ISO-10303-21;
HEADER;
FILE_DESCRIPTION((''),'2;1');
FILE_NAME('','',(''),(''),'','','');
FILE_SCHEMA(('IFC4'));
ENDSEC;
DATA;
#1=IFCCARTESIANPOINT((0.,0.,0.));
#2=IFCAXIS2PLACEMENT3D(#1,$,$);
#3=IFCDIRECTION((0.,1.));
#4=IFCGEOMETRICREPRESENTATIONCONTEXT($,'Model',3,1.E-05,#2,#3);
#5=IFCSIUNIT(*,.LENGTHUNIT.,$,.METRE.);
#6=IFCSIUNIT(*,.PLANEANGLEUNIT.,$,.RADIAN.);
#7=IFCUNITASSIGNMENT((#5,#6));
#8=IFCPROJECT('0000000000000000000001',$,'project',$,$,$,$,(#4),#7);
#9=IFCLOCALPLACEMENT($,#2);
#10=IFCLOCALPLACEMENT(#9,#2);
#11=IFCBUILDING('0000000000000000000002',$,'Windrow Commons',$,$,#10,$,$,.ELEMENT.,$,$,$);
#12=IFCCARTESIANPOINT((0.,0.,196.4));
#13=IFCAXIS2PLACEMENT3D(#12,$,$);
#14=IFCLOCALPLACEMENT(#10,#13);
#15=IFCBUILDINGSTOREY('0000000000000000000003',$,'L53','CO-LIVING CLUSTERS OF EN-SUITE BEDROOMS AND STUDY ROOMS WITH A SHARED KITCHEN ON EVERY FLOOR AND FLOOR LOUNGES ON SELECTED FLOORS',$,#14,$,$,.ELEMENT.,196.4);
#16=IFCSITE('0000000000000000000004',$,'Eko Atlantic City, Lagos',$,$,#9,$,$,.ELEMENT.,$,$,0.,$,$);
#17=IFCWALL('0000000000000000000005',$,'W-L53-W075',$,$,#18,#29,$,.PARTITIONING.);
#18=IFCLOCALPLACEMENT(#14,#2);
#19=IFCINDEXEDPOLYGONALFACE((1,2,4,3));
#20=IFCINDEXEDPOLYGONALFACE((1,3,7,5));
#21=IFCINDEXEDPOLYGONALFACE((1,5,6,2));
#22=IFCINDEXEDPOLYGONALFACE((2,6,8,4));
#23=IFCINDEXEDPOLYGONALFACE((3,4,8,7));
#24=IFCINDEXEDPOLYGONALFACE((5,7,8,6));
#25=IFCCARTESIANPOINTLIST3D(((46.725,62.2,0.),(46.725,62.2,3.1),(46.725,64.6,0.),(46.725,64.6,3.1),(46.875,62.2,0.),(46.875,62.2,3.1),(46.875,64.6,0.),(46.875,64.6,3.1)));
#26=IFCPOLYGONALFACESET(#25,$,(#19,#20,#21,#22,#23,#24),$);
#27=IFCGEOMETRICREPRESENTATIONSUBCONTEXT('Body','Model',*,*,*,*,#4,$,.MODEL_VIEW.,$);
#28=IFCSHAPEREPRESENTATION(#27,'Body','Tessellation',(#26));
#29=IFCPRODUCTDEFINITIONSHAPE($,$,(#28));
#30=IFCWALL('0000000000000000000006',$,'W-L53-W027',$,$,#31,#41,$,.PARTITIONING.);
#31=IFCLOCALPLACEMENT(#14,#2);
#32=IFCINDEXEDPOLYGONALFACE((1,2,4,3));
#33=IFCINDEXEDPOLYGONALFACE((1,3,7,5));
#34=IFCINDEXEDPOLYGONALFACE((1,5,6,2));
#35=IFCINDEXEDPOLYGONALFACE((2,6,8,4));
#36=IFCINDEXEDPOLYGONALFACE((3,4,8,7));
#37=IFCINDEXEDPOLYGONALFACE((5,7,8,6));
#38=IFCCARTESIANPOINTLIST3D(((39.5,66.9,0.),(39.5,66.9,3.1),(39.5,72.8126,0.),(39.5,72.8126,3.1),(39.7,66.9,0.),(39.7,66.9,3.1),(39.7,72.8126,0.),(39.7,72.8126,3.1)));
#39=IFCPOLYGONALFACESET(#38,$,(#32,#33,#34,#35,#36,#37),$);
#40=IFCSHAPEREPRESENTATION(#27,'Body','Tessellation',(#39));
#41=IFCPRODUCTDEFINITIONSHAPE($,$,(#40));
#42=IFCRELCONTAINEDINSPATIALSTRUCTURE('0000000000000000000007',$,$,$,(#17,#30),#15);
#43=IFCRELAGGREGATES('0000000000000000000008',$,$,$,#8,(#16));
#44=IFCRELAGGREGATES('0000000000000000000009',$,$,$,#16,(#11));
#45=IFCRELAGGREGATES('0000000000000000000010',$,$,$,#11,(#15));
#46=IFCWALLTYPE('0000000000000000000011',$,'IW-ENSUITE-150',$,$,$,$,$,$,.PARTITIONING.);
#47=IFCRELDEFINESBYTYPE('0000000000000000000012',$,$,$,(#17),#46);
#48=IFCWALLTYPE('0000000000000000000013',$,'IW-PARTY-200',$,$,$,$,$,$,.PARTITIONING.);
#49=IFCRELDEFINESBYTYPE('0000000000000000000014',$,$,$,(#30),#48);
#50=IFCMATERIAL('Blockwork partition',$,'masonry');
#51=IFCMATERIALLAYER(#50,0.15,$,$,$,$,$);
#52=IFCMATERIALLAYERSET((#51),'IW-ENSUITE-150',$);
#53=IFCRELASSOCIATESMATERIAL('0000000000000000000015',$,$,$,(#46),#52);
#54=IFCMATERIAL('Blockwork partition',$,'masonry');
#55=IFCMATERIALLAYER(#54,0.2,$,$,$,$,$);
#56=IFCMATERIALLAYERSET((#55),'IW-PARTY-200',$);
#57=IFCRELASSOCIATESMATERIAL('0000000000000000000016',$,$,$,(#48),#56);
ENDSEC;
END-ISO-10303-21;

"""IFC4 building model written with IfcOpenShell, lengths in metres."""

from ifc_helpers import new_model, si_unit, direction, frame, frame_2d, origin, place, context, subcontext, project, spatial, rectangle, extrude, material, layer, layer_set, type_object, element, save


model = new_model("IFC4")

# Units and contexts
model_context = context("Model", 3, precision=1e-05, world=origin(), true_north=direction((0.0, 1.0)))
body_context = subcontext(model_context, "Body", "Model", "MODEL_VIEW")
ifc_project = project(units=[si_unit("LENGTHUNIT", "METRE"), si_unit("PLANEANGLEUNIT", "RADIAN")], contexts=[model_context])

# Site, building, storey
site_placement = place(None, origin())
site = spatial("IfcSite", under=ifc_project, at=site_placement, Name="Eko Atlantic City, Lagos", CompositionType="ELEMENT", RefElevation=0.0)
building_placement = place(site_placement, origin())
building = spatial("IfcBuilding", under=site, at=building_placement, Name="Windrow Commons", CompositionType="ELEMENT")
storey_placement = place(building_placement, frame((0.0, 0.0, 196.4)))
storey = spatial("IfcBuildingStorey", under=building, at=storey_placement, Name="L53", Description="CO-LIVING CLUSTERS OF EN-SUITE BEDROOMS AND STUDY ROOMS WITH A SHARED KITCHEN ON EVERY FLOOR AND FLOOR LOUNGES ON SELECTED FLOORS", CompositionType="ELEMENT", Elevation=196.4)

# Shared definitions
ifc_material_1 = material(Name="Blockwork partition", Category="masonry")
ifc_layer_1 = layer(ifc_material_1, 0.15)
ifc_layer_set_1 = layer_set([ifc_layer_1], Name="IW-ENSUITE-150")
wall_type_1 = type_object("IfcWallType", Name="IW-ENSUITE-150", PredefinedType="PARTITIONING", material=ifc_layer_set_1)

# Walls
for number, where, z_axis, x_axis, name in (
    (1, (46.8, 62.2, 0.0), (0.0, 0.0, 1.0), (0.0, 1.0, 0.0), "W-L53-W075"),
):
    element("IfcWall", number, at=place(storey_placement, frame(where, z_axis=z_axis, x_axis=x_axis)), inside=storey, type_object=wall_type_1, Name=name, PredefinedType="PARTITIONING", context=body_context, shape_type="SweptSolid", body=[
        extrude(rectangle(XDim=2.4, YDim=0.15, at=frame_2d((1.2, 0.0))), origin(), (0.0, 0.0, 1.0), 3.1),
    ])
ifc_material_2 = material(Name="Blockwork partition", Category="masonry")
ifc_layer_2 = layer(ifc_material_2, 0.2)
ifc_layer_set_2 = layer_set([ifc_layer_2], Name="IW-PARTY-200")
wall_type_2 = type_object("IfcWallType", Name="IW-PARTY-200", PredefinedType="PARTITIONING", material=ifc_layer_set_2)
wall_1_placement = place(storey_placement, frame((39.6, 66.9, 0.0), z_axis=(0.0, 0.0, 1.0), x_axis=(0.0, 1.0, 0.0)))
element("IfcWall", 2, at=wall_1_placement, inside=storey, type_object=wall_type_2, Name="W-L53-W027", PredefinedType="PARTITIONING", context=body_context, shape_type="SweptSolid", body=[
    extrude(rectangle(XDim=5.9126, YDim=0.2, at=frame_2d((2.9563, 0.0))), origin(), (0.0, 0.0, 1.0), 3.1),
])

save(model, "model.ifc")
